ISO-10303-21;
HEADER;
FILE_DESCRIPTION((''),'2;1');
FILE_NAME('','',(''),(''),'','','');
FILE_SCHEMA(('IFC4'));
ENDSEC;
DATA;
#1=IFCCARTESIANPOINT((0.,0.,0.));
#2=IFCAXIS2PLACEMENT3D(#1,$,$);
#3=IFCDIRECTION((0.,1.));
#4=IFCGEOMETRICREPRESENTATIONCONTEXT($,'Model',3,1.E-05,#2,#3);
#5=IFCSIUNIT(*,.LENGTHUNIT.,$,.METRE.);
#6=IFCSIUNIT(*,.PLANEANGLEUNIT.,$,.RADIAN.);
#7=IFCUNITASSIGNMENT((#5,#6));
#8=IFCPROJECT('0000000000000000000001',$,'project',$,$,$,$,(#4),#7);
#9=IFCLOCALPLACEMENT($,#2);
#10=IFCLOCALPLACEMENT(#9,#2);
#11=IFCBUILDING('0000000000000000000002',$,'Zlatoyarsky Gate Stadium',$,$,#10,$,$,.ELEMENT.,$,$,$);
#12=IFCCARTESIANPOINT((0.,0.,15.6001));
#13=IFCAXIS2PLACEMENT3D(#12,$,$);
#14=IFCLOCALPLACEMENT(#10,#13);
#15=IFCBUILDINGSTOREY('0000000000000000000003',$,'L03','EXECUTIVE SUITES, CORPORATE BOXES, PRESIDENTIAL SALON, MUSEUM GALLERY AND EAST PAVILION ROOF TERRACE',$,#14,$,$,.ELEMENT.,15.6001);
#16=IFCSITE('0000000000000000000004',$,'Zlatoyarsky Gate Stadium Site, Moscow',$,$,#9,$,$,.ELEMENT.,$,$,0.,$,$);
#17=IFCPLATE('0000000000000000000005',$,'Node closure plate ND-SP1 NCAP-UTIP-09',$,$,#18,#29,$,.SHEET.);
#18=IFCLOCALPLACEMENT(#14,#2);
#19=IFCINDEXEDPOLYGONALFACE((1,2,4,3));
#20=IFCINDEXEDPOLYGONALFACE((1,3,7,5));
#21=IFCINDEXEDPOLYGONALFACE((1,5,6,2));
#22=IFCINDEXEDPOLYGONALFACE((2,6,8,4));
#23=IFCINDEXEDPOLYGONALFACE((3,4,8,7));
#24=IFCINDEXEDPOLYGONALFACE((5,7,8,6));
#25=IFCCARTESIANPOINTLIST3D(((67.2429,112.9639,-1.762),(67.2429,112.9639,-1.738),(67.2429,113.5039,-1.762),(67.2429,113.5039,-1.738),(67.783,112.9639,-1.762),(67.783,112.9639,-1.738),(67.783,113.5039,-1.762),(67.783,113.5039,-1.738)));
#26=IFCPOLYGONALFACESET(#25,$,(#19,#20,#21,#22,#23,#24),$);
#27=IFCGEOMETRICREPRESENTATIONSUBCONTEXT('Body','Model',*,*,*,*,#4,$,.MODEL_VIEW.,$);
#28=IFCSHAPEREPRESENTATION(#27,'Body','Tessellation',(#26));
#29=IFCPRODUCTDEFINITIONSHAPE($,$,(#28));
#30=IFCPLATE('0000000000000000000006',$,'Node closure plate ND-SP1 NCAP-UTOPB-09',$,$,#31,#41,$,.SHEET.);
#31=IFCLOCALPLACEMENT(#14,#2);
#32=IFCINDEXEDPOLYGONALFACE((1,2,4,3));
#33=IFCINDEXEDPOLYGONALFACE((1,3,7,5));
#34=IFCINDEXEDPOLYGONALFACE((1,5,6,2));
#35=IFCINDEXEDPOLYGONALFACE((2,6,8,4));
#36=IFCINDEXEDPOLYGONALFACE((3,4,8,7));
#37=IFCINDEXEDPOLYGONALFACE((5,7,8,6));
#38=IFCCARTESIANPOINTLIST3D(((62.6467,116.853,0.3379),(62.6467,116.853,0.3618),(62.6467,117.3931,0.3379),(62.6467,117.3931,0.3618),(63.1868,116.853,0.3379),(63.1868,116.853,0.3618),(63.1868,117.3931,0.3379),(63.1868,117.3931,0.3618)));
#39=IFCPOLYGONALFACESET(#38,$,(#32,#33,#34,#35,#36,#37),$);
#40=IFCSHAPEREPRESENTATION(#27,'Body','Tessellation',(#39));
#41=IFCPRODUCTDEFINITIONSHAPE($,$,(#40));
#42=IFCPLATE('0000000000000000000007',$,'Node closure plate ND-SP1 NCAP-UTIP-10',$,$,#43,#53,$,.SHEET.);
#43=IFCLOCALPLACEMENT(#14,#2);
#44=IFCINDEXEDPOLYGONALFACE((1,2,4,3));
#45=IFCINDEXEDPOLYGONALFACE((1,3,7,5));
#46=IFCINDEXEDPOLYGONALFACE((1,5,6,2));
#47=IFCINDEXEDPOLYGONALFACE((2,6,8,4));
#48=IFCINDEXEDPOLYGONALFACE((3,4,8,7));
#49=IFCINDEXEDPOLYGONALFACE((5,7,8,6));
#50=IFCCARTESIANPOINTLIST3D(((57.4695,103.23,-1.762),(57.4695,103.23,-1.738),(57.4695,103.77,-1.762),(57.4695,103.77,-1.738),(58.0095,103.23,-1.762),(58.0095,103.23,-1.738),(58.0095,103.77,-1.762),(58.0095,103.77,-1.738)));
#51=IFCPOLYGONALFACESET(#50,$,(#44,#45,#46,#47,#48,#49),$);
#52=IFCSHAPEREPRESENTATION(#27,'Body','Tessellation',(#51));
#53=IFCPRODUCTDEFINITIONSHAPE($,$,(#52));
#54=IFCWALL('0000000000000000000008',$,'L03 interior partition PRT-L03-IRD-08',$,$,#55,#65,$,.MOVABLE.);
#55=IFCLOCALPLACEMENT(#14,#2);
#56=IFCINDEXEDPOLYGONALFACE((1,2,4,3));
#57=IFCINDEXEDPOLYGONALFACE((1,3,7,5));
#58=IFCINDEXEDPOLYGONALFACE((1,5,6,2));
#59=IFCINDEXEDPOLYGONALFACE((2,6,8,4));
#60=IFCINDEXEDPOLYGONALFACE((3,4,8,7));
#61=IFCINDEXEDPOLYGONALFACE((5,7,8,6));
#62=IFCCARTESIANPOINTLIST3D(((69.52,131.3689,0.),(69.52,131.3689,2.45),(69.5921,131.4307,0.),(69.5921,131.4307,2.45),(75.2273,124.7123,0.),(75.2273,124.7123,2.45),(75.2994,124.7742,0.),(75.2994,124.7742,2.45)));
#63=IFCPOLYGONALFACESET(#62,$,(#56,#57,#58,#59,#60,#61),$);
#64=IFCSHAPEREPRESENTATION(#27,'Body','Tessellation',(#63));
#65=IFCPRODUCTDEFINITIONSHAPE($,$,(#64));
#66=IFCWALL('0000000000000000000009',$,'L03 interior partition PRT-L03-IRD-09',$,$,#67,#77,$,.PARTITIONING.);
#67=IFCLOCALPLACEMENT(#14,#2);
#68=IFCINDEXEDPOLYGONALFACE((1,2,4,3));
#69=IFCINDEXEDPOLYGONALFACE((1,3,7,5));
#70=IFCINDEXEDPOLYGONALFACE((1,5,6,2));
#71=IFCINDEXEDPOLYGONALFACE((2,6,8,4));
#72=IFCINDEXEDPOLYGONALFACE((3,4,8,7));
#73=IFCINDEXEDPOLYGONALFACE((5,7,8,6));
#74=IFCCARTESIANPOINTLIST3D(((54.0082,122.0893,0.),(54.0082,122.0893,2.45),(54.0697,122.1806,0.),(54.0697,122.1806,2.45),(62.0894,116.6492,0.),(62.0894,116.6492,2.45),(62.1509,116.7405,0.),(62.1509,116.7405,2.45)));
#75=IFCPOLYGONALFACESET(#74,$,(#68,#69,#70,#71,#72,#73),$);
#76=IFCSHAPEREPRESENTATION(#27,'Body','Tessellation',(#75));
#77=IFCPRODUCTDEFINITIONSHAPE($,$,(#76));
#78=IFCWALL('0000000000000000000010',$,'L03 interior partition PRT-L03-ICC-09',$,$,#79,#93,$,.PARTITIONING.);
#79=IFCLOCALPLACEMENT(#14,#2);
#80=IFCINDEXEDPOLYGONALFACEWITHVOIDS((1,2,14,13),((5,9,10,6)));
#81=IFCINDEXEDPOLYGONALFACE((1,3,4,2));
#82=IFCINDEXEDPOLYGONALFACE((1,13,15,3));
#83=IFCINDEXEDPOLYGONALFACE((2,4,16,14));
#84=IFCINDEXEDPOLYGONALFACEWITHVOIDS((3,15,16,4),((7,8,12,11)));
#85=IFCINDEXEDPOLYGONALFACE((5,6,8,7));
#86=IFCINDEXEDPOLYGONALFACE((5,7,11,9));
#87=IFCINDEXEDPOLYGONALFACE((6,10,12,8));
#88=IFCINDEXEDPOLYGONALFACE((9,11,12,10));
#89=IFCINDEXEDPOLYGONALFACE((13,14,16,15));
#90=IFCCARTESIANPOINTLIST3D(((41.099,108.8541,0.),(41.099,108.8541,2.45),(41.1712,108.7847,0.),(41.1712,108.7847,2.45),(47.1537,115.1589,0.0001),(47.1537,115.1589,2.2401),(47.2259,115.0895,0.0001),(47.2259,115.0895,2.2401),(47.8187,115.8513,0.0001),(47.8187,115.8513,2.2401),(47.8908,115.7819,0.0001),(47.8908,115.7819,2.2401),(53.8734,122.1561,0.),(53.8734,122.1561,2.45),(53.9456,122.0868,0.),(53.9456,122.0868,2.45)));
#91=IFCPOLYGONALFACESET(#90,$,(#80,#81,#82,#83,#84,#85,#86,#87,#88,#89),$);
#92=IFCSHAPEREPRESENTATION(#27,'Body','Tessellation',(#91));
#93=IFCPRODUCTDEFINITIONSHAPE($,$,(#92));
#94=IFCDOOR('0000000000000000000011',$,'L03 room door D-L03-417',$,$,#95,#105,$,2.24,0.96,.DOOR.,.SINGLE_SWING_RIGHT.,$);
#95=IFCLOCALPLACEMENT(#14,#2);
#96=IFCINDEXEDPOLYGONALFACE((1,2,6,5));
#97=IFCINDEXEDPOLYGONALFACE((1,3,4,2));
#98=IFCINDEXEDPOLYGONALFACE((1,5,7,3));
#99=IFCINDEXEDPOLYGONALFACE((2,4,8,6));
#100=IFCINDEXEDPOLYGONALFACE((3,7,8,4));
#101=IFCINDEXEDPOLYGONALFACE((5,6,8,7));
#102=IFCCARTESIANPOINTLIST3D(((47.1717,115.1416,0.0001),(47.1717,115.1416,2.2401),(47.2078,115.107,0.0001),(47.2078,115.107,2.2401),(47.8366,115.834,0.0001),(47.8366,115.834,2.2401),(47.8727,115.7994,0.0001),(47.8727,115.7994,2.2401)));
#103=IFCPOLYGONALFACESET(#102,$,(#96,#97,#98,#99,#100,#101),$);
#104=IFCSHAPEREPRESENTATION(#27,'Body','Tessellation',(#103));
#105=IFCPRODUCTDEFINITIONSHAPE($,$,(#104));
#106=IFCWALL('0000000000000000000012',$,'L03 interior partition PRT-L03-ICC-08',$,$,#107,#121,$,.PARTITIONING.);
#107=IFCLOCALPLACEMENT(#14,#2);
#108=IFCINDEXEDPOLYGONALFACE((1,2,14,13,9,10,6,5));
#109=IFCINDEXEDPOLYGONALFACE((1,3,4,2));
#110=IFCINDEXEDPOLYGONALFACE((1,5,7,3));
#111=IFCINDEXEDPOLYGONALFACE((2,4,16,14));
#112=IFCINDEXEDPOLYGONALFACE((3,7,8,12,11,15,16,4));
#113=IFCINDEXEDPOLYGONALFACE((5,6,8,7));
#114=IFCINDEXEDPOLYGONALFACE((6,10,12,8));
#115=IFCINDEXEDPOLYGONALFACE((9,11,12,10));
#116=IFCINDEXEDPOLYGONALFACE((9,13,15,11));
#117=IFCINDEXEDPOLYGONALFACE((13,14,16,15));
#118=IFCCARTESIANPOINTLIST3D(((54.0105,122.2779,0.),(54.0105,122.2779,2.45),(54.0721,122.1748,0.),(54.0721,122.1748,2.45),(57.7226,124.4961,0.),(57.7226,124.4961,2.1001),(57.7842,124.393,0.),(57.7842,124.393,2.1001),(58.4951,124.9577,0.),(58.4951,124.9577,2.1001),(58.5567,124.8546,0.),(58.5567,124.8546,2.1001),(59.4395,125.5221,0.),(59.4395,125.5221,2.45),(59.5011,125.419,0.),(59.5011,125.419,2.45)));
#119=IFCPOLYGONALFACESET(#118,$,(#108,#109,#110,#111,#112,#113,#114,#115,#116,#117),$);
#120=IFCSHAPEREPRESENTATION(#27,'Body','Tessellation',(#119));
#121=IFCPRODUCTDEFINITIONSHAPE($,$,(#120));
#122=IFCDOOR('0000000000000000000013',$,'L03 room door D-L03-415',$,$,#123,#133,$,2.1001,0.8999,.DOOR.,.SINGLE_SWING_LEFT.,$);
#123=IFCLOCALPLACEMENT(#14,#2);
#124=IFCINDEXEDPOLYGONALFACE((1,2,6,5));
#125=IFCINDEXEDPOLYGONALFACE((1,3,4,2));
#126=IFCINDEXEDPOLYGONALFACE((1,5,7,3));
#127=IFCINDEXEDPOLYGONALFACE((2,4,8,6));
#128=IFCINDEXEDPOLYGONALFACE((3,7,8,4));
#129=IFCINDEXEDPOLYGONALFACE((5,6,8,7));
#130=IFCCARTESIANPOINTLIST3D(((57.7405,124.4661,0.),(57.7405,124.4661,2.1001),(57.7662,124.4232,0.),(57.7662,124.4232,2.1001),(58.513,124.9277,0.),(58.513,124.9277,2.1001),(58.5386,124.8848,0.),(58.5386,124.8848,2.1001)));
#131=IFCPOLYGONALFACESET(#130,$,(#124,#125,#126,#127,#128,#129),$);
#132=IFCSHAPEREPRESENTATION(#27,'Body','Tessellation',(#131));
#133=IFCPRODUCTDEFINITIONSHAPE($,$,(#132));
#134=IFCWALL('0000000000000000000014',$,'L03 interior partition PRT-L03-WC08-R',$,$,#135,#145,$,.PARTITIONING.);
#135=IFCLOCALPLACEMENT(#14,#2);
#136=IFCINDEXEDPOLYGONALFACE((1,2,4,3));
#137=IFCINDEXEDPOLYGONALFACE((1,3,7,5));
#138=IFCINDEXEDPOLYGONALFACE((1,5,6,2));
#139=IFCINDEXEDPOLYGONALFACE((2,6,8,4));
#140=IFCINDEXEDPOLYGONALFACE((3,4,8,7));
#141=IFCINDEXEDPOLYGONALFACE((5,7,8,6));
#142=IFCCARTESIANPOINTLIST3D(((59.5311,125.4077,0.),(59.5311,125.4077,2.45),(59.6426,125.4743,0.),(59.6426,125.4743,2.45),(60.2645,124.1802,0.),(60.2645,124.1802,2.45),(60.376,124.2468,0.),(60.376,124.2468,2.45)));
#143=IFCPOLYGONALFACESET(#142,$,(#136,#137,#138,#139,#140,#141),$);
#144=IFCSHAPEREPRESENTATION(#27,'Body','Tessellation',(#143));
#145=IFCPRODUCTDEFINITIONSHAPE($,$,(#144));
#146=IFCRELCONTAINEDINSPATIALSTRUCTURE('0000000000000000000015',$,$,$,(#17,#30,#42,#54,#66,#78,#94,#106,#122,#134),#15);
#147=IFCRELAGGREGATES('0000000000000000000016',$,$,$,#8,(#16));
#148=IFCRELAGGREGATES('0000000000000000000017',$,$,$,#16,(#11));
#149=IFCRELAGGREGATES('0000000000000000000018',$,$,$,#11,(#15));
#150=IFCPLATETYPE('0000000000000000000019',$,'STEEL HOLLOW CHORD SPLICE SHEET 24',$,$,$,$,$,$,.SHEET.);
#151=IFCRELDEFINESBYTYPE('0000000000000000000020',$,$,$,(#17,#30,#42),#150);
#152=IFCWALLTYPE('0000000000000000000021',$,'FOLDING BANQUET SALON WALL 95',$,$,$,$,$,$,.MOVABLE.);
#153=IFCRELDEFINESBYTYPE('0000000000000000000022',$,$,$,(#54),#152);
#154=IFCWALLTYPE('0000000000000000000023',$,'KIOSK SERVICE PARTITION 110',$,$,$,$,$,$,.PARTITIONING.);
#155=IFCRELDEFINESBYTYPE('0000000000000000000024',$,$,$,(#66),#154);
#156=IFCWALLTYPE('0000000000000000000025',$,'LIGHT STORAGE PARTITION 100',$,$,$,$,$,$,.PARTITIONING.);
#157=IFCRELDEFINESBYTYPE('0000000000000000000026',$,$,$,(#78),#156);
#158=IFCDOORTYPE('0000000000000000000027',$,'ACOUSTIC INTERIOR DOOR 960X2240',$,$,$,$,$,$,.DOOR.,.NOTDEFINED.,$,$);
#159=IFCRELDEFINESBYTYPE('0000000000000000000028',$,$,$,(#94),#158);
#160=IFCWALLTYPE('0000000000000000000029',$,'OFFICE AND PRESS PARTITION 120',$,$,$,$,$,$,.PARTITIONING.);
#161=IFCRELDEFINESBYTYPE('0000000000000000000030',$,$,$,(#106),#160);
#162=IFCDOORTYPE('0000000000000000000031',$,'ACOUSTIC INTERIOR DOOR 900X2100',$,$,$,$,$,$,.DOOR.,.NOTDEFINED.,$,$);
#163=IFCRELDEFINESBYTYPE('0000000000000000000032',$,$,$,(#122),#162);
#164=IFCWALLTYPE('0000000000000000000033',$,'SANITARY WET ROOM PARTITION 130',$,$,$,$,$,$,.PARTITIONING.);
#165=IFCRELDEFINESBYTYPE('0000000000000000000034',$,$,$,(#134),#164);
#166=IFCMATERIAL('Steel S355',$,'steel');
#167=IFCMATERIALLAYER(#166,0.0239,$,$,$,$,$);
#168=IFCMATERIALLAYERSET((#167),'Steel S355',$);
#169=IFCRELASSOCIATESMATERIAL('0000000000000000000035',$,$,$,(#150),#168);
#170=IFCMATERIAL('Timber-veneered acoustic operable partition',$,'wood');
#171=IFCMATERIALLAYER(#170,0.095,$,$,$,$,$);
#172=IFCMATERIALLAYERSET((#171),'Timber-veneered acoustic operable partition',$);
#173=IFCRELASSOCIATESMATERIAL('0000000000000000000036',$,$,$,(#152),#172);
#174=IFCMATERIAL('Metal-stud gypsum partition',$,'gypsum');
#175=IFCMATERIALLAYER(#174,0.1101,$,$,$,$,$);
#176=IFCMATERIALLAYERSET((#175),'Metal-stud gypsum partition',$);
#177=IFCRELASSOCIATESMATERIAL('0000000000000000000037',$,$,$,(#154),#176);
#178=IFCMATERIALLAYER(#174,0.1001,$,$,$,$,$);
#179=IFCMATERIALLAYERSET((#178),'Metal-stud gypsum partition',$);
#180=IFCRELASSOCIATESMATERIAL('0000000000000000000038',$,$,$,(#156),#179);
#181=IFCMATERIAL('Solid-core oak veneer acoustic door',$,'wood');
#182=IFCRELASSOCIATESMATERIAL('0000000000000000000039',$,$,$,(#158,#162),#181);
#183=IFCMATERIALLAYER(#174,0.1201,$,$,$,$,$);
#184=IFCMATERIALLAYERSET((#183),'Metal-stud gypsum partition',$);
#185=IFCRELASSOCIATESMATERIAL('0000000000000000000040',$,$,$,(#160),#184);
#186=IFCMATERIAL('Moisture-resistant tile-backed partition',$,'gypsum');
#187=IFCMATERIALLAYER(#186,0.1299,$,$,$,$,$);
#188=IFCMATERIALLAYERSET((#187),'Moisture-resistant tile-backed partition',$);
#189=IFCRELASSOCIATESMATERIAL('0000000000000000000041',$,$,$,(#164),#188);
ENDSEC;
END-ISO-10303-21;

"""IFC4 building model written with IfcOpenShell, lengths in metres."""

from ifc_helpers import new_model, si_unit, direction, frame, frame_2d, origin, origin_2d, place, context, subcontext, project, spatial, rectangle, extrude, material, layer, layer_set, type_object, element, fill, save


model = new_model("IFC4")

# Units and contexts
model_context = context("Model", 3, precision=1e-05, world=origin(), true_north=direction((0.0, 1.0)))
body_context = subcontext(model_context, "Body", "Model", "MODEL_VIEW")
ifc_project = project(units=[si_unit("LENGTHUNIT", "METRE"), si_unit("PLANEANGLEUNIT", "RADIAN")], contexts=[model_context])

# Site, building, storey
site_placement = place(None, origin())
site = spatial("IfcSite", under=ifc_project, at=site_placement, Name="Zlatoyarsky Gate Stadium Site, Moscow", CompositionType="ELEMENT", RefElevation=0.0)
building_placement = place(site_placement, origin())
building = spatial("IfcBuilding", under=site, at=building_placement, Name="Zlatoyarsky Gate Stadium", CompositionType="ELEMENT")
storey_placement = place(building_placement, frame((0.0, 0.0, 15.6001)))
storey = spatial("IfcBuildingStorey", under=building, at=storey_placement, Name="L03", Description="EXECUTIVE SUITES, CORPORATE BOXES, PRESIDENTIAL SALON, MUSEUM GALLERY AND EAST PAVILION ROOF TERRACE", CompositionType="ELEMENT", Elevation=15.6001)

# Shared definitions
ifc_material_1 = material(Name="Steel S355", Category="steel")

# Plates
ifc_layer_1 = layer(ifc_material_1, 0.0239)
ifc_layer_set_1 = layer_set([ifc_layer_1], Name="Steel S355")
plate_type_1 = type_object("IfcPlateType", Name="STEEL HOLLOW CHORD SPLICE SHEET 24", PredefinedType="SHEET", material=ifc_layer_set_1)
for number, where, z_axis, x_axis, name in (
    (1, (67.5129, 113.2339, -1.762), (0.0, 0.0, 1.0), (1.0, 0.0, 0.0), "Node closure plate ND-SP1 NCAP-UTIP-09"),
    (2, (62.9167, 117.123, 0.3379), (0.0, 0.0, 1.0), (1.0, 0.0, 0.0), "Node closure plate ND-SP1 NCAP-UTOPB-09"),
    (3, (57.7395, 103.5, -1.762), (0.0, 0.0, 1.0), (1.0, 0.0, 0.0), "Node closure plate ND-SP1 NCAP-UTIP-10"),
):
    element("IfcPlate", number, at=place(storey_placement, frame(where, z_axis=z_axis, x_axis=x_axis)), inside=storey, type_object=plate_type_1, Name=name, PredefinedType="SHEET", context=body_context, shape_type="SweptSolid", body=[
        extrude(rectangle(XDim=0.54, YDim=0.54, at=origin_2d()), origin(), (0.0, 0.0, 1.0), 0.0239),
    ])

# Walls
ifc_material_2 = material(Name="Timber-veneered acoustic operable partition", Category="wood")
ifc_layer_2 = layer(ifc_material_2, 0.095)
ifc_layer_set_2 = layer_set([ifc_layer_2], Name="Timber-veneered acoustic operable partition")
wall_type_1 = type_object("IfcWallType", Name="FOLDING BANQUET SALON WALL 95", PredefinedType="MOVABLE", material=ifc_layer_set_2)
wall_1_placement = place(storey_placement, frame((75.2634, 124.7432, 0.0), z_axis=(0.0, 0.0, 1.0), x_axis=(-0.650904, 0.75916, 0.0)))
element("IfcWall", 4, at=wall_1_placement, inside=storey, type_object=wall_type_1, Name="L03 interior partition PRT-L03-IRD-08", PredefinedType="MOVABLE", context=body_context, shape_type="SweptSolid", body=[
    extrude(rectangle(XDim=8.7683, YDim=0.095, at=frame_2d((4.3843, 0.0))), origin(), (0.0, 0.0, 1.0), 2.45),
])
ifc_material_3 = material(Name="Metal-stud gypsum partition", Category="gypsum")
ifc_layer_3 = layer(ifc_material_3, 0.1101)
ifc_layer_set_3 = layer_set([ifc_layer_3], Name="Metal-stud gypsum partition")
wall_type_2 = type_object("IfcWallType", Name="KIOSK SERVICE PARTITION 110", PredefinedType="PARTITIONING", material=ifc_layer_set_3)
wall_2_placement = place(storey_placement, frame((62.1201, 116.6948, 0.0), z_axis=(0.0, 0.0, 1.0), x_axis=(-0.829547, 0.558436, 0.0)))
element("IfcWall", 5, at=wall_2_placement, inside=storey, type_object=wall_type_2, Name="L03 interior partition PRT-L03-IRD-09", PredefinedType="PARTITIONING", context=body_context, shape_type="SweptSolid", body=[
    extrude(rectangle(XDim=9.7417, YDim=0.1101, at=frame_2d((4.8708, 0.0))), origin(), (0.0, 0.0, 1.0), 2.45),
])

# Walls, openings, doors
ifc_layer_4 = layer(ifc_material_3, 0.1001)
ifc_layer_set_4 = layer_set([ifc_layer_4], Name="Metal-stud gypsum partition")
wall_type_3 = type_object("IfcWallType", Name="LIGHT STORAGE PARTITION 100", PredefinedType="PARTITIONING", material=ifc_layer_set_4)
wall_3_placement = place(storey_placement, frame((53.9094, 122.1213, 0.0), z_axis=(0.0, 0.0, 1.0), x_axis=(-0.692659, -0.721266, 0.0)))
wall_3 = element("IfcWall", 6, at=wall_3_placement, inside=storey, type_object=wall_type_3, Name="L03 interior partition PRT-L03-ICC-09", PredefinedType="PARTITIONING", context=body_context, shape_type="SweptSolid", body=[
    extrude(rectangle(XDim=18.4426, YDim=0.1001, at=frame_2d((9.2212, 0.0))), origin(), (0.0, 0.0, 1.0), 2.45),
])
opening_1_placement = place(wall_3_placement, frame((8.7412, 0.0, 0.0)))
opening_1 = element("IfcOpeningElement", 7, at=opening_1_placement, cuts=wall_3, PredefinedType="OPENING", context=body_context, shape_type="SweptSolid", body=[
    extrude(rectangle(XDim=0.96, YDim=2.24, at=frame_2d((0.48, 1.1201))), frame((0.0, 0.0601, 0.0), z_axis=(0.0, -1.0, 0.0), x_axis=(1.0, 0.0, 0.0)), (0.0, 0.0, 1.0), 0.1201),
])
ifc_material_4 = material(Name="Solid-core oak veneer acoustic door", Category="wood")
door_type_1 = type_object("IfcDoorType", Name="ACOUSTIC INTERIOR DOOR 960X2240", OperationType="NOTDEFINED", PredefinedType="DOOR", material=ifc_material_4)
door_1_placement = place(opening_1_placement, origin())
door_1 = element("IfcDoor", 8, at=door_1_placement, inside=storey, type_object=door_type_1, Name="L03 room door D-L03-417", OperationType="SINGLE_SWING_RIGHT", OverallHeight=2.24, OverallWidth=0.96, PredefinedType="DOOR", context=body_context, shape_type="SweptSolid", body=[
    extrude(rectangle(XDim=0.96, YDim=2.24, at=frame_2d((0.48, 1.1201))), frame((0.0, 0.0249, 0.0), z_axis=(0.0, -1.0, 0.0), x_axis=(1.0, 0.0, 0.0)), (0.0, 0.0, 1.0), 0.05),
])
fill(opening_1, door_1)
ifc_layer_5 = layer(ifc_material_3, 0.1201)
ifc_layer_set_5 = layer_set([ifc_layer_5], Name="Metal-stud gypsum partition")
wall_type_4 = type_object("IfcWallType", Name="OFFICE AND PRESS PARTITION 120", PredefinedType="PARTITIONING", material=ifc_layer_set_5)
wall_4_placement = place(storey_placement, frame((59.4702, 125.4705, 0.0), z_axis=(0.0, 0.0, 1.0), x_axis=(-0.858415, -0.512956, 0.0)))
wall_4 = element("IfcWall", 9, at=wall_4_placement, inside=storey, type_object=wall_type_4, Name="L03 interior partition PRT-L03-ICC-08", PredefinedType="PARTITIONING", context=body_context, shape_type="SweptSolid", body=[
    extrude(rectangle(XDim=6.3245, YDim=0.1201, at=frame_2d((3.1621, 0.0))), origin(), (0.0, 0.0, 1.0), 2.45),
])
opening_2_placement = place(wall_4_placement, frame((1.1001, 0.0, 0.0)))
opening_2 = element("IfcOpeningElement", 10, at=opening_2_placement, cuts=wall_4, PredefinedType="OPENING", context=body_context, shape_type="SweptSolid", body=[
    extrude(rectangle(XDim=0.8999, YDim=2.1001, at=frame_2d((0.45, 1.05))), frame((0.0, 0.0701, 0.0), z_axis=(0.0, -1.0, 0.0), x_axis=(1.0, 0.0, 0.0)), (0.0, 0.0, 1.0), 0.1401),
])
door_type_2 = type_object("IfcDoorType", Name="ACOUSTIC INTERIOR DOOR 900X2100", OperationType="NOTDEFINED", PredefinedType="DOOR", material=ifc_material_4)
door_2_placement = place(opening_2_placement, origin())
door_2 = element("IfcDoor", 11, at=door_2_placement, inside=storey, type_object=door_type_2, Name="L03 room door D-L03-415", OperationType="SINGLE_SWING_LEFT", OverallHeight=2.1001, OverallWidth=0.8999, PredefinedType="DOOR", context=body_context, shape_type="SweptSolid", body=[
    extrude(rectangle(XDim=0.8999, YDim=2.1001, at=frame_2d((0.45, 1.05))), frame((0.0, 0.0249, 0.0), z_axis=(0.0, -1.0, 0.0), x_axis=(1.0, 0.0, 0.0)), (0.0, 0.0, 1.0), 0.05),
])
fill(opening_2, door_2)

# Wall
ifc_material_5 = material(Name="Moisture-resistant tile-backed partition", Category="gypsum")
ifc_layer_6 = layer(ifc_material_5, 0.1299)
ifc_layer_set_6 = layer_set([ifc_layer_6], Name="Moisture-resistant tile-backed partition")
wall_type_5 = type_object("IfcWallType", Name="SANITARY WET ROOM PARTITION 130", PredefinedType="PARTITIONING", material=ifc_layer_set_6)
wall_5_placement = place(storey_placement, frame((59.5869, 125.4409, 0.0), z_axis=(0.0, 0.0, 1.0), x_axis=(0.512888, -0.858456, 0.0)))
element("IfcWall", 12, at=wall_5_placement, inside=storey, type_object=wall_type_5, Name="L03 interior partition PRT-L03-WC08-R", PredefinedType="PARTITIONING", context=body_context, shape_type="SweptSolid", body=[
    extrude(rectangle(XDim=1.4299, YDim=0.1299, at=frame_2d((0.7148, 0.0))), origin(), (0.0, 0.0, 1.0), 2.45),
])

save(model, "model.ifc")
